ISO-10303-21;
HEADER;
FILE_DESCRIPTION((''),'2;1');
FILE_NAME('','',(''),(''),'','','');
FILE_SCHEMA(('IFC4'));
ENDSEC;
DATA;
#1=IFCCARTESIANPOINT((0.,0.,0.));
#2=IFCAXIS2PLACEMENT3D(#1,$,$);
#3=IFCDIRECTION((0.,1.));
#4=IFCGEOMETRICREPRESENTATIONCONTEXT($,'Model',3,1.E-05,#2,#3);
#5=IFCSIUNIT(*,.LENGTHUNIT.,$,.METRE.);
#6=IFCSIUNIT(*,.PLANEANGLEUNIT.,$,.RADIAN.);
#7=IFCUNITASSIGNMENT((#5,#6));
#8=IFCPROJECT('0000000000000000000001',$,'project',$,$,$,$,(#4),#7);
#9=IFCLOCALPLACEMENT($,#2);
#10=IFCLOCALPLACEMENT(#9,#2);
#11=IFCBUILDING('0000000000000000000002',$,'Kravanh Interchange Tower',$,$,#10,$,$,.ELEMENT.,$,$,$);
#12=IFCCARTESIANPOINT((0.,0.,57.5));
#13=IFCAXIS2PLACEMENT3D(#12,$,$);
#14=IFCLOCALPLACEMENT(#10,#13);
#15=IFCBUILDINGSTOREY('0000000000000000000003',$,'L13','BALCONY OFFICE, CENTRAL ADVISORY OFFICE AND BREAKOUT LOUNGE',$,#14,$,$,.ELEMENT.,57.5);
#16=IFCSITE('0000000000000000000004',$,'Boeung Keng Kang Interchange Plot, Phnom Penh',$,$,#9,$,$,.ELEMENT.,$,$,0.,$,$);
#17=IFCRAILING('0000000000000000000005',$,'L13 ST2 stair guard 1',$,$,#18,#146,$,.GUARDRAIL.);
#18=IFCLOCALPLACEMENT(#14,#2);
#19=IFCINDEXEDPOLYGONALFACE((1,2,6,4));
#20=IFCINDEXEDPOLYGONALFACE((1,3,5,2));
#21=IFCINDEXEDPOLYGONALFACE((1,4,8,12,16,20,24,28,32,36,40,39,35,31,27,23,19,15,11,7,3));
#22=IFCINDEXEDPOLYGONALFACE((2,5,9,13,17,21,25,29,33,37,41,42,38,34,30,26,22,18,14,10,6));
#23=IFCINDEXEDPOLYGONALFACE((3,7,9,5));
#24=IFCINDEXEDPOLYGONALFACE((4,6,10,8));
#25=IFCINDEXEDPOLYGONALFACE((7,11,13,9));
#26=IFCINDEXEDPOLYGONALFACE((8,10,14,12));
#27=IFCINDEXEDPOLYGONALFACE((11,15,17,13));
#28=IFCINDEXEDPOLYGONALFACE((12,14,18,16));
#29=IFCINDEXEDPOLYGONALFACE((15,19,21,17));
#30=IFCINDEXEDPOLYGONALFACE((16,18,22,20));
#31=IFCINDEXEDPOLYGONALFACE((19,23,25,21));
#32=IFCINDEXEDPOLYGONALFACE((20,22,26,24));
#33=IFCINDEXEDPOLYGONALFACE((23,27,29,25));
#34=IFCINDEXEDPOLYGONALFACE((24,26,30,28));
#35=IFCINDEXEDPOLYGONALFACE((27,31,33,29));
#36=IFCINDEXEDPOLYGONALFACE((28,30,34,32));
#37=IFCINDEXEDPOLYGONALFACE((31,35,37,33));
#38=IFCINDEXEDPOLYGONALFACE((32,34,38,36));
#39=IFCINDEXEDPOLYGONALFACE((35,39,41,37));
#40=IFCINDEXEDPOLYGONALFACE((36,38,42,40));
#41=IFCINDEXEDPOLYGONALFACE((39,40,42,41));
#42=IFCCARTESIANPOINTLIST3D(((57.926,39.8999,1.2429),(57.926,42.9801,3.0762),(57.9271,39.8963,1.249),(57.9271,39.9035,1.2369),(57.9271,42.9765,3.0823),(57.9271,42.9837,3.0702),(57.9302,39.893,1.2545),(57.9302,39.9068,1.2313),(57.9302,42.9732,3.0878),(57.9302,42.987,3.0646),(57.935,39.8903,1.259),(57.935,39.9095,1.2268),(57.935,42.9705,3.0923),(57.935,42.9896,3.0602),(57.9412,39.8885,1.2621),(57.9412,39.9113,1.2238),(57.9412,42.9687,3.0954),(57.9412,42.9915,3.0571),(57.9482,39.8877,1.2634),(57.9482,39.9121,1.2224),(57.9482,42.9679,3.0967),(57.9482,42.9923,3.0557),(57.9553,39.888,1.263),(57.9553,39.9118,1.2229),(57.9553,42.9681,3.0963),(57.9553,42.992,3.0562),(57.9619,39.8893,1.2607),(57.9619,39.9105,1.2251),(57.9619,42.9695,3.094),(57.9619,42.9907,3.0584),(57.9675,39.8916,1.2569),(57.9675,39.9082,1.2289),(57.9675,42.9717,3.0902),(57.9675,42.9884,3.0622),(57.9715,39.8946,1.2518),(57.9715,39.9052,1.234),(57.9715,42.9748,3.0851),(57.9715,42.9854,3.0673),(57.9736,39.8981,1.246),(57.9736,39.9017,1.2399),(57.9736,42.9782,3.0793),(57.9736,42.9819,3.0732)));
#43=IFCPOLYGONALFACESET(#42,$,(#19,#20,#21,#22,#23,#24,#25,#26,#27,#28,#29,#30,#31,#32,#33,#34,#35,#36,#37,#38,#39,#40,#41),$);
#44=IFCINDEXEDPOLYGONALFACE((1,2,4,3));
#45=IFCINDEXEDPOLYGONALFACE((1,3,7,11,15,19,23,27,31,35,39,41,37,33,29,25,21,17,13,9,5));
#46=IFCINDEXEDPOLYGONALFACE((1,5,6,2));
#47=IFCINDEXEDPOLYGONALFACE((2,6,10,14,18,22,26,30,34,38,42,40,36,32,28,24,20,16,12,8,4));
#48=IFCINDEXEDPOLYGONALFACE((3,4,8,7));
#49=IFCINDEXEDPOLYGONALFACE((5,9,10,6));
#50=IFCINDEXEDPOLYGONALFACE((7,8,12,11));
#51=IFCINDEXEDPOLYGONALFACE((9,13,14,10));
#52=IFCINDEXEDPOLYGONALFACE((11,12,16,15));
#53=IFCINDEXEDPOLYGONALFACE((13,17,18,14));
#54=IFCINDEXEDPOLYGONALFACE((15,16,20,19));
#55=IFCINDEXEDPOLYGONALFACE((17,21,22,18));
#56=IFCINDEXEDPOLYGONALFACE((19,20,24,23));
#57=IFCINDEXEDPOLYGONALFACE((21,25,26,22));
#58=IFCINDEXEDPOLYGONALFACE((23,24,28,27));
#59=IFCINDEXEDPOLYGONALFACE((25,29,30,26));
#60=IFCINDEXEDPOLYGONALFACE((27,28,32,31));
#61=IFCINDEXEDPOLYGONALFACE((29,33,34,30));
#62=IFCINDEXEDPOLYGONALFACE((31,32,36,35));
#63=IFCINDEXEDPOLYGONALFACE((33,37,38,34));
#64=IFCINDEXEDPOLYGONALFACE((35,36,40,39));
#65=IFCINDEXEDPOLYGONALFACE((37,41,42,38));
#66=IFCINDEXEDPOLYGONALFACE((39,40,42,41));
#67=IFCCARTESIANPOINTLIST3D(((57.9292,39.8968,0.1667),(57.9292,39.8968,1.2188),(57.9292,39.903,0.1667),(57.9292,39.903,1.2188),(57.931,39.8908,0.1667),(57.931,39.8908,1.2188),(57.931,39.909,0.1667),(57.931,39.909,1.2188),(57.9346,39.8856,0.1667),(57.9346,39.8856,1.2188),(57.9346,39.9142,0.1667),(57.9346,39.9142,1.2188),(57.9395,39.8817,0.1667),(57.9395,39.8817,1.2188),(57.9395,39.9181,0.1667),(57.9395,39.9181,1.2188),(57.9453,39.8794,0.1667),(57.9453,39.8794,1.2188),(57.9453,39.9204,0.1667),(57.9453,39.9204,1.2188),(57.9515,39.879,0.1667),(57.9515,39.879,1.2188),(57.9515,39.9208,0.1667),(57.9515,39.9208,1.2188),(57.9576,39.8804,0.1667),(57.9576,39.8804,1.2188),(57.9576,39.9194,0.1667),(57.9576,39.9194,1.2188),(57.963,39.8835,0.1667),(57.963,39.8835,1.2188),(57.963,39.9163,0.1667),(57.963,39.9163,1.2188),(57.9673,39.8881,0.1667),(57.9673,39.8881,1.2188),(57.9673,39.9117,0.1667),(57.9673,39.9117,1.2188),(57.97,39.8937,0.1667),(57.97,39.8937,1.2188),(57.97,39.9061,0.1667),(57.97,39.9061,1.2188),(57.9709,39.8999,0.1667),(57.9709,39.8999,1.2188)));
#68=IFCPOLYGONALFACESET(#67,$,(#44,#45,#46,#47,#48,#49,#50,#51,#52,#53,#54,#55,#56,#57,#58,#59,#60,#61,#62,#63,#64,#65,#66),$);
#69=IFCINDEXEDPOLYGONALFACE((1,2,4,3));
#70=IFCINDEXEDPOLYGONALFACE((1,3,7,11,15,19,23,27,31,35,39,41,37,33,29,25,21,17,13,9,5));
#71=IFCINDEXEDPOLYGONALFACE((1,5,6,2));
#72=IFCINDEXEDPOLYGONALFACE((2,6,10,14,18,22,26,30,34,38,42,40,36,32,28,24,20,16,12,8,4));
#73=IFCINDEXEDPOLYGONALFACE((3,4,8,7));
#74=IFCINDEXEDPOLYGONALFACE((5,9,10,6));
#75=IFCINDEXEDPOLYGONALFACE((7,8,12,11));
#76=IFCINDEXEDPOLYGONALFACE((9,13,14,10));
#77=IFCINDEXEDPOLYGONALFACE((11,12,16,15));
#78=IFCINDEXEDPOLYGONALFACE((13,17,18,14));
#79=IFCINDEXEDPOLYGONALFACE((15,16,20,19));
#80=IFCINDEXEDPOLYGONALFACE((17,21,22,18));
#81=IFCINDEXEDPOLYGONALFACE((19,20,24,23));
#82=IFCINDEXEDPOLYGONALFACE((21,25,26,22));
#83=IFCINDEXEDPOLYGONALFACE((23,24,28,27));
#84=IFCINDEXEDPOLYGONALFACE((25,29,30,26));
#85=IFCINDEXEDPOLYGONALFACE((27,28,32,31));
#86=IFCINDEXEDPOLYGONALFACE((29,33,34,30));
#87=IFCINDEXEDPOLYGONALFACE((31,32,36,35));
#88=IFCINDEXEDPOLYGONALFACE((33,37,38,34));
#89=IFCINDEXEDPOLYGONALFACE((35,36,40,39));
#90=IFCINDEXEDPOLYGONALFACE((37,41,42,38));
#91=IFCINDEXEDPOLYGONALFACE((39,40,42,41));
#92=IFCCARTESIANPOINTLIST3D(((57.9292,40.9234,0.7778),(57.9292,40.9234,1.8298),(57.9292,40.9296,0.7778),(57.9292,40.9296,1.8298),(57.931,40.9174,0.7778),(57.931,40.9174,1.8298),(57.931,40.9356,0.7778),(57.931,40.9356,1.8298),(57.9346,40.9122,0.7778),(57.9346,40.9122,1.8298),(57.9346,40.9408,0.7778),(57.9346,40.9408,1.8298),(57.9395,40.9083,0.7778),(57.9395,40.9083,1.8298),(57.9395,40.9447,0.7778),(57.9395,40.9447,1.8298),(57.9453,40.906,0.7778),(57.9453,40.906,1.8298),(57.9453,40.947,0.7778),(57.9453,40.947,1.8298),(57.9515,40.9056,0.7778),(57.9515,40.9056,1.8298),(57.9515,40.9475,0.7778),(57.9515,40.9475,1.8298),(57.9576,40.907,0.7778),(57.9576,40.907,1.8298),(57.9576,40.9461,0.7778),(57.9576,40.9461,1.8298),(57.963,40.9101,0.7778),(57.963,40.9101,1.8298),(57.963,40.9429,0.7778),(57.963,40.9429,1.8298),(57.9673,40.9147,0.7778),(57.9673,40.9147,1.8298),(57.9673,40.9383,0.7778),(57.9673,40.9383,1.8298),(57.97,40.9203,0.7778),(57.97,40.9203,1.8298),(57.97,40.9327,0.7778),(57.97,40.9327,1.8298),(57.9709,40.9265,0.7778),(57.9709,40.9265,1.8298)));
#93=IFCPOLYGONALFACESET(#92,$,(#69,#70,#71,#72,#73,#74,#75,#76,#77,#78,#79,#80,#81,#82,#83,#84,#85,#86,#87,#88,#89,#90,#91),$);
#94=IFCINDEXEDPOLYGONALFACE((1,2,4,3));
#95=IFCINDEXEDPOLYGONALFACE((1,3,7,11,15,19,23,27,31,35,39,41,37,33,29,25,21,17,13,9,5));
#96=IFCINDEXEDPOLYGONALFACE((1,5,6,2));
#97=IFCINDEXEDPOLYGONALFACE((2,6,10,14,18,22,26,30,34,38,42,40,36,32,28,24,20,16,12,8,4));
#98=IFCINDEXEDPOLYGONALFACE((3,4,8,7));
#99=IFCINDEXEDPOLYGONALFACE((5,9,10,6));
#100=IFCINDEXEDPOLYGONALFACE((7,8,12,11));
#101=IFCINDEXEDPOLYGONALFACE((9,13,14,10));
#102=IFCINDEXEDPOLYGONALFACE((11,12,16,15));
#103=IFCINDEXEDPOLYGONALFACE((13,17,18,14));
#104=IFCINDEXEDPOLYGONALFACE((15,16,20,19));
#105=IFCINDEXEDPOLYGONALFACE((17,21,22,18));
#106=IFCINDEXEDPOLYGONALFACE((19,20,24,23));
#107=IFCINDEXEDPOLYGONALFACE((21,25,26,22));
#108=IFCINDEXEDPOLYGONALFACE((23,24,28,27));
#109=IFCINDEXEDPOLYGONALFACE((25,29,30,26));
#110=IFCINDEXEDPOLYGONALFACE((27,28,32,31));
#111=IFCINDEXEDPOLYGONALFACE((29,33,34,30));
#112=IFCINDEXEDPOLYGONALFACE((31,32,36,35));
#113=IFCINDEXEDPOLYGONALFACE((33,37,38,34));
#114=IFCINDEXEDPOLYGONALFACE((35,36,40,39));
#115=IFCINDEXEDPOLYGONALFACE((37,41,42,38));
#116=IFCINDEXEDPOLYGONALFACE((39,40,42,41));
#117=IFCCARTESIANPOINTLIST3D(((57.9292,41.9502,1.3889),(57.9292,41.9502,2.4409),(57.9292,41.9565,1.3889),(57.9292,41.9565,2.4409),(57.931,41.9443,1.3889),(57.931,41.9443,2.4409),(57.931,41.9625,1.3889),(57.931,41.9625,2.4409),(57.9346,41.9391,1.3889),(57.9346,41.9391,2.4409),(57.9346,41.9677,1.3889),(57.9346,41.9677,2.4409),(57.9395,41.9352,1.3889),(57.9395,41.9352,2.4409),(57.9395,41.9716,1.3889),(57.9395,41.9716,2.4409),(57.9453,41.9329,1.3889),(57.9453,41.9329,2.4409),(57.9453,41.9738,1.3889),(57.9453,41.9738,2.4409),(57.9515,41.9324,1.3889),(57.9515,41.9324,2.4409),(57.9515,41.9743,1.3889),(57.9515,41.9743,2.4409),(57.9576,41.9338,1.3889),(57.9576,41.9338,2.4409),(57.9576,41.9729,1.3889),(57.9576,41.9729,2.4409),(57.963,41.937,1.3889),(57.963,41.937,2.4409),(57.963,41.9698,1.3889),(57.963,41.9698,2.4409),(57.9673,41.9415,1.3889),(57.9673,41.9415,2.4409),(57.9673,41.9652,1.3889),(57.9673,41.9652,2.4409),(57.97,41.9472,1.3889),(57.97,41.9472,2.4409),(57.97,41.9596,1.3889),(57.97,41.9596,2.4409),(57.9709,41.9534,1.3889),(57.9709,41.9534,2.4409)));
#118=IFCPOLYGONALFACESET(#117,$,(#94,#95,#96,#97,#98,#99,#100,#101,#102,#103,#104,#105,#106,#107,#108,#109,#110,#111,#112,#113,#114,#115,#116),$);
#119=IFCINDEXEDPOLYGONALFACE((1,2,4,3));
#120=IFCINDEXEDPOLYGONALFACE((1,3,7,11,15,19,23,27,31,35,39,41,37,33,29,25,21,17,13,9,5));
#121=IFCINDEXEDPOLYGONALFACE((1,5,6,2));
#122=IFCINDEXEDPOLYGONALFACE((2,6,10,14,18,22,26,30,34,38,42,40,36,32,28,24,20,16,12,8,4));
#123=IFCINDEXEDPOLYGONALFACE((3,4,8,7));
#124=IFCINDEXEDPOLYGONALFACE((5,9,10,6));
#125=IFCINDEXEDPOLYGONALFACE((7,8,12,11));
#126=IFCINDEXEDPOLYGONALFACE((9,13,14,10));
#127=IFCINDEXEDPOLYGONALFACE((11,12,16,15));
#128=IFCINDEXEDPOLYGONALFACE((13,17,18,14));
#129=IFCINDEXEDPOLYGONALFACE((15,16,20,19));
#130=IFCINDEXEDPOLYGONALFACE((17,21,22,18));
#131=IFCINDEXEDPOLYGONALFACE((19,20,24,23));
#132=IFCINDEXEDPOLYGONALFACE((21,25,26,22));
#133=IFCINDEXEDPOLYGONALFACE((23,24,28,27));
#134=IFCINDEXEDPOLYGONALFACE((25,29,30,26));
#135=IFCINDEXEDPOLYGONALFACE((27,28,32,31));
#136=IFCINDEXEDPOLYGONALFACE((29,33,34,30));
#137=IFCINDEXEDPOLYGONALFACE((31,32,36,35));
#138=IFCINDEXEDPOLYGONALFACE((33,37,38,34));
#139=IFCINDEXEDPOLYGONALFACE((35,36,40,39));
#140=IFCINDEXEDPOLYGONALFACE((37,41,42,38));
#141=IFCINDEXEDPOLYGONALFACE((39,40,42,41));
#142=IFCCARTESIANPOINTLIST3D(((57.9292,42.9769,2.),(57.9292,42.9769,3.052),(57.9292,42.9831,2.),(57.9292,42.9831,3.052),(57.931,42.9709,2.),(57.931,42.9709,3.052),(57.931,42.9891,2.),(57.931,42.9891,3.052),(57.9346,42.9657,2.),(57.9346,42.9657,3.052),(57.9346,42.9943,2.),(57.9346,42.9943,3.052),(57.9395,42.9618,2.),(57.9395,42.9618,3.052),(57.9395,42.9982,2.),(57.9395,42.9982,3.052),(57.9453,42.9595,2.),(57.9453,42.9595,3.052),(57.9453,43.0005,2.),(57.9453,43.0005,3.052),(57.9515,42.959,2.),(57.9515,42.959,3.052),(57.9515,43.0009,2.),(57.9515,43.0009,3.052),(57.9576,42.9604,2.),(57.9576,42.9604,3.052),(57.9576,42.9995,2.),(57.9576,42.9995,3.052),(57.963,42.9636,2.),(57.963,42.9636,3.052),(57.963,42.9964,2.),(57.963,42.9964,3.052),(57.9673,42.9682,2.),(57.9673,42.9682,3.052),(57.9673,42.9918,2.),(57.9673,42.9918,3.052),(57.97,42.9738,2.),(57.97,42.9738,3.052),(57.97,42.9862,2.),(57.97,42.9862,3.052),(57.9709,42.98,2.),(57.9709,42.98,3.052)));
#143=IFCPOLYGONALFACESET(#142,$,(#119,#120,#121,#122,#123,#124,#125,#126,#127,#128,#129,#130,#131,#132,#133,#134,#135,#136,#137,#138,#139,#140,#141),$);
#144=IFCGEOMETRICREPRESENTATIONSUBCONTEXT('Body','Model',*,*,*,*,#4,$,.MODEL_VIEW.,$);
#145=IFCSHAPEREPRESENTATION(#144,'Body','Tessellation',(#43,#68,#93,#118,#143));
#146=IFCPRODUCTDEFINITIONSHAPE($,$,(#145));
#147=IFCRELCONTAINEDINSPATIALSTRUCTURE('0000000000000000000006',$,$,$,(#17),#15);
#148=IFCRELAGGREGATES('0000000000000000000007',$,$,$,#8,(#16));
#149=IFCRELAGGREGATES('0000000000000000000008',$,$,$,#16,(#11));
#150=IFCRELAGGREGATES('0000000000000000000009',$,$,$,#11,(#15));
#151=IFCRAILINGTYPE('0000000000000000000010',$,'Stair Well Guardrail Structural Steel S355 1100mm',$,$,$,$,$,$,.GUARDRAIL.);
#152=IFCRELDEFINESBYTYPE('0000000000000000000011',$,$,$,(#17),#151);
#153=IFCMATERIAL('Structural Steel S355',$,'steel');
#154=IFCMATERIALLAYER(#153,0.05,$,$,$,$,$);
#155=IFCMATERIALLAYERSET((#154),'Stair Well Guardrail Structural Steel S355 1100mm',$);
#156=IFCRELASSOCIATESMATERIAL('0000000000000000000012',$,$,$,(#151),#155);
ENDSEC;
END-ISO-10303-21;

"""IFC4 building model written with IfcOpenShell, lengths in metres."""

from ifc_helpers import new_model, si_unit, direction, frame, origin, origin_2d, place, context, subcontext, project, spatial, circle, extrude, material, layer, layer_set, type_object, element, save


model = new_model("IFC4")

# Units and contexts
model_context = context("Model", 3, precision=1e-05, world=origin(), true_north=direction((0.0, 1.0)))
body_context = subcontext(model_context, "Body", "Model", "MODEL_VIEW")
ifc_project = project(units=[si_unit("LENGTHUNIT", "METRE"), si_unit("PLANEANGLEUNIT", "RADIAN")], contexts=[model_context])

# Site, building, storey
site_placement = place(None, origin())
site = spatial("IfcSite", under=ifc_project, at=site_placement, Name="Boeung Keng Kang Interchange Plot, Phnom Penh", CompositionType="ELEMENT", RefElevation=0.0)
building_placement = place(site_placement, origin())
building = spatial("IfcBuilding", under=site, at=building_placement, Name="Kravanh Interchange Tower", CompositionType="ELEMENT")
storey_placement = place(building_placement, frame((0.0, 0.0, 57.5)))
storey = spatial("IfcBuildingStorey", under=building, at=storey_placement, Name="L13", Description="BALCONY OFFICE, CENTRAL ADVISORY OFFICE AND BREAKOUT LOUNGE", CompositionType="ELEMENT", Elevation=57.5)

# Railing
ifc_material_1 = material(Name="Structural Steel S355", Category="steel")
ifc_layer_1 = layer(ifc_material_1, 0.05)
ifc_layer_set_1 = layer_set([ifc_layer_1], Name="Stair Well Guardrail Structural Steel S355 1100mm")
railing_type_1 = type_object("IfcRailingType", Name="Stair Well Guardrail Structural Steel S355 1100mm", PredefinedType="GUARDRAIL", material=ifc_layer_set_1)
railing_1_placement = place(storey_placement, frame((57.95, 39.8999, 0.1667)))
element("IfcRailing", 1, at=railing_1_placement, inside=storey, type_object=railing_type_1, Name="L13 ST2 stair guard 1", PredefinedType="GUARDRAIL", context=body_context, shape_type="SweptSolid", body=[
    extrude(circle(Radius=0.0239, at=origin_2d()), frame((0.0, 0.0, 1.0762), z_axis=(0.0, 0.859309, 0.511458), x_axis=(-1.0, 0.0, 0.0)), (0.0, 0.0, 1.0), 3.5845),
    extrude(circle(Radius=0.021, at=origin_2d()), origin(), (0.0, 0.0, 1.0), 1.052),
    extrude(circle(Radius=0.021, at=origin_2d()), frame((0.0, 1.0266, 0.6111)), (0.0, 0.0, 1.0), 1.052),
    extrude(circle(Radius=0.021, at=origin_2d()), frame((0.0, 2.0535, 1.2222)), (0.0, 0.0, 1.0), 1.052),
    extrude(circle(Radius=0.021, at=origin_2d()), frame((0.0, 3.0801, 1.8333)), (0.0, 0.0, 1.0), 1.052),
])

save(model, "model.ifc")
